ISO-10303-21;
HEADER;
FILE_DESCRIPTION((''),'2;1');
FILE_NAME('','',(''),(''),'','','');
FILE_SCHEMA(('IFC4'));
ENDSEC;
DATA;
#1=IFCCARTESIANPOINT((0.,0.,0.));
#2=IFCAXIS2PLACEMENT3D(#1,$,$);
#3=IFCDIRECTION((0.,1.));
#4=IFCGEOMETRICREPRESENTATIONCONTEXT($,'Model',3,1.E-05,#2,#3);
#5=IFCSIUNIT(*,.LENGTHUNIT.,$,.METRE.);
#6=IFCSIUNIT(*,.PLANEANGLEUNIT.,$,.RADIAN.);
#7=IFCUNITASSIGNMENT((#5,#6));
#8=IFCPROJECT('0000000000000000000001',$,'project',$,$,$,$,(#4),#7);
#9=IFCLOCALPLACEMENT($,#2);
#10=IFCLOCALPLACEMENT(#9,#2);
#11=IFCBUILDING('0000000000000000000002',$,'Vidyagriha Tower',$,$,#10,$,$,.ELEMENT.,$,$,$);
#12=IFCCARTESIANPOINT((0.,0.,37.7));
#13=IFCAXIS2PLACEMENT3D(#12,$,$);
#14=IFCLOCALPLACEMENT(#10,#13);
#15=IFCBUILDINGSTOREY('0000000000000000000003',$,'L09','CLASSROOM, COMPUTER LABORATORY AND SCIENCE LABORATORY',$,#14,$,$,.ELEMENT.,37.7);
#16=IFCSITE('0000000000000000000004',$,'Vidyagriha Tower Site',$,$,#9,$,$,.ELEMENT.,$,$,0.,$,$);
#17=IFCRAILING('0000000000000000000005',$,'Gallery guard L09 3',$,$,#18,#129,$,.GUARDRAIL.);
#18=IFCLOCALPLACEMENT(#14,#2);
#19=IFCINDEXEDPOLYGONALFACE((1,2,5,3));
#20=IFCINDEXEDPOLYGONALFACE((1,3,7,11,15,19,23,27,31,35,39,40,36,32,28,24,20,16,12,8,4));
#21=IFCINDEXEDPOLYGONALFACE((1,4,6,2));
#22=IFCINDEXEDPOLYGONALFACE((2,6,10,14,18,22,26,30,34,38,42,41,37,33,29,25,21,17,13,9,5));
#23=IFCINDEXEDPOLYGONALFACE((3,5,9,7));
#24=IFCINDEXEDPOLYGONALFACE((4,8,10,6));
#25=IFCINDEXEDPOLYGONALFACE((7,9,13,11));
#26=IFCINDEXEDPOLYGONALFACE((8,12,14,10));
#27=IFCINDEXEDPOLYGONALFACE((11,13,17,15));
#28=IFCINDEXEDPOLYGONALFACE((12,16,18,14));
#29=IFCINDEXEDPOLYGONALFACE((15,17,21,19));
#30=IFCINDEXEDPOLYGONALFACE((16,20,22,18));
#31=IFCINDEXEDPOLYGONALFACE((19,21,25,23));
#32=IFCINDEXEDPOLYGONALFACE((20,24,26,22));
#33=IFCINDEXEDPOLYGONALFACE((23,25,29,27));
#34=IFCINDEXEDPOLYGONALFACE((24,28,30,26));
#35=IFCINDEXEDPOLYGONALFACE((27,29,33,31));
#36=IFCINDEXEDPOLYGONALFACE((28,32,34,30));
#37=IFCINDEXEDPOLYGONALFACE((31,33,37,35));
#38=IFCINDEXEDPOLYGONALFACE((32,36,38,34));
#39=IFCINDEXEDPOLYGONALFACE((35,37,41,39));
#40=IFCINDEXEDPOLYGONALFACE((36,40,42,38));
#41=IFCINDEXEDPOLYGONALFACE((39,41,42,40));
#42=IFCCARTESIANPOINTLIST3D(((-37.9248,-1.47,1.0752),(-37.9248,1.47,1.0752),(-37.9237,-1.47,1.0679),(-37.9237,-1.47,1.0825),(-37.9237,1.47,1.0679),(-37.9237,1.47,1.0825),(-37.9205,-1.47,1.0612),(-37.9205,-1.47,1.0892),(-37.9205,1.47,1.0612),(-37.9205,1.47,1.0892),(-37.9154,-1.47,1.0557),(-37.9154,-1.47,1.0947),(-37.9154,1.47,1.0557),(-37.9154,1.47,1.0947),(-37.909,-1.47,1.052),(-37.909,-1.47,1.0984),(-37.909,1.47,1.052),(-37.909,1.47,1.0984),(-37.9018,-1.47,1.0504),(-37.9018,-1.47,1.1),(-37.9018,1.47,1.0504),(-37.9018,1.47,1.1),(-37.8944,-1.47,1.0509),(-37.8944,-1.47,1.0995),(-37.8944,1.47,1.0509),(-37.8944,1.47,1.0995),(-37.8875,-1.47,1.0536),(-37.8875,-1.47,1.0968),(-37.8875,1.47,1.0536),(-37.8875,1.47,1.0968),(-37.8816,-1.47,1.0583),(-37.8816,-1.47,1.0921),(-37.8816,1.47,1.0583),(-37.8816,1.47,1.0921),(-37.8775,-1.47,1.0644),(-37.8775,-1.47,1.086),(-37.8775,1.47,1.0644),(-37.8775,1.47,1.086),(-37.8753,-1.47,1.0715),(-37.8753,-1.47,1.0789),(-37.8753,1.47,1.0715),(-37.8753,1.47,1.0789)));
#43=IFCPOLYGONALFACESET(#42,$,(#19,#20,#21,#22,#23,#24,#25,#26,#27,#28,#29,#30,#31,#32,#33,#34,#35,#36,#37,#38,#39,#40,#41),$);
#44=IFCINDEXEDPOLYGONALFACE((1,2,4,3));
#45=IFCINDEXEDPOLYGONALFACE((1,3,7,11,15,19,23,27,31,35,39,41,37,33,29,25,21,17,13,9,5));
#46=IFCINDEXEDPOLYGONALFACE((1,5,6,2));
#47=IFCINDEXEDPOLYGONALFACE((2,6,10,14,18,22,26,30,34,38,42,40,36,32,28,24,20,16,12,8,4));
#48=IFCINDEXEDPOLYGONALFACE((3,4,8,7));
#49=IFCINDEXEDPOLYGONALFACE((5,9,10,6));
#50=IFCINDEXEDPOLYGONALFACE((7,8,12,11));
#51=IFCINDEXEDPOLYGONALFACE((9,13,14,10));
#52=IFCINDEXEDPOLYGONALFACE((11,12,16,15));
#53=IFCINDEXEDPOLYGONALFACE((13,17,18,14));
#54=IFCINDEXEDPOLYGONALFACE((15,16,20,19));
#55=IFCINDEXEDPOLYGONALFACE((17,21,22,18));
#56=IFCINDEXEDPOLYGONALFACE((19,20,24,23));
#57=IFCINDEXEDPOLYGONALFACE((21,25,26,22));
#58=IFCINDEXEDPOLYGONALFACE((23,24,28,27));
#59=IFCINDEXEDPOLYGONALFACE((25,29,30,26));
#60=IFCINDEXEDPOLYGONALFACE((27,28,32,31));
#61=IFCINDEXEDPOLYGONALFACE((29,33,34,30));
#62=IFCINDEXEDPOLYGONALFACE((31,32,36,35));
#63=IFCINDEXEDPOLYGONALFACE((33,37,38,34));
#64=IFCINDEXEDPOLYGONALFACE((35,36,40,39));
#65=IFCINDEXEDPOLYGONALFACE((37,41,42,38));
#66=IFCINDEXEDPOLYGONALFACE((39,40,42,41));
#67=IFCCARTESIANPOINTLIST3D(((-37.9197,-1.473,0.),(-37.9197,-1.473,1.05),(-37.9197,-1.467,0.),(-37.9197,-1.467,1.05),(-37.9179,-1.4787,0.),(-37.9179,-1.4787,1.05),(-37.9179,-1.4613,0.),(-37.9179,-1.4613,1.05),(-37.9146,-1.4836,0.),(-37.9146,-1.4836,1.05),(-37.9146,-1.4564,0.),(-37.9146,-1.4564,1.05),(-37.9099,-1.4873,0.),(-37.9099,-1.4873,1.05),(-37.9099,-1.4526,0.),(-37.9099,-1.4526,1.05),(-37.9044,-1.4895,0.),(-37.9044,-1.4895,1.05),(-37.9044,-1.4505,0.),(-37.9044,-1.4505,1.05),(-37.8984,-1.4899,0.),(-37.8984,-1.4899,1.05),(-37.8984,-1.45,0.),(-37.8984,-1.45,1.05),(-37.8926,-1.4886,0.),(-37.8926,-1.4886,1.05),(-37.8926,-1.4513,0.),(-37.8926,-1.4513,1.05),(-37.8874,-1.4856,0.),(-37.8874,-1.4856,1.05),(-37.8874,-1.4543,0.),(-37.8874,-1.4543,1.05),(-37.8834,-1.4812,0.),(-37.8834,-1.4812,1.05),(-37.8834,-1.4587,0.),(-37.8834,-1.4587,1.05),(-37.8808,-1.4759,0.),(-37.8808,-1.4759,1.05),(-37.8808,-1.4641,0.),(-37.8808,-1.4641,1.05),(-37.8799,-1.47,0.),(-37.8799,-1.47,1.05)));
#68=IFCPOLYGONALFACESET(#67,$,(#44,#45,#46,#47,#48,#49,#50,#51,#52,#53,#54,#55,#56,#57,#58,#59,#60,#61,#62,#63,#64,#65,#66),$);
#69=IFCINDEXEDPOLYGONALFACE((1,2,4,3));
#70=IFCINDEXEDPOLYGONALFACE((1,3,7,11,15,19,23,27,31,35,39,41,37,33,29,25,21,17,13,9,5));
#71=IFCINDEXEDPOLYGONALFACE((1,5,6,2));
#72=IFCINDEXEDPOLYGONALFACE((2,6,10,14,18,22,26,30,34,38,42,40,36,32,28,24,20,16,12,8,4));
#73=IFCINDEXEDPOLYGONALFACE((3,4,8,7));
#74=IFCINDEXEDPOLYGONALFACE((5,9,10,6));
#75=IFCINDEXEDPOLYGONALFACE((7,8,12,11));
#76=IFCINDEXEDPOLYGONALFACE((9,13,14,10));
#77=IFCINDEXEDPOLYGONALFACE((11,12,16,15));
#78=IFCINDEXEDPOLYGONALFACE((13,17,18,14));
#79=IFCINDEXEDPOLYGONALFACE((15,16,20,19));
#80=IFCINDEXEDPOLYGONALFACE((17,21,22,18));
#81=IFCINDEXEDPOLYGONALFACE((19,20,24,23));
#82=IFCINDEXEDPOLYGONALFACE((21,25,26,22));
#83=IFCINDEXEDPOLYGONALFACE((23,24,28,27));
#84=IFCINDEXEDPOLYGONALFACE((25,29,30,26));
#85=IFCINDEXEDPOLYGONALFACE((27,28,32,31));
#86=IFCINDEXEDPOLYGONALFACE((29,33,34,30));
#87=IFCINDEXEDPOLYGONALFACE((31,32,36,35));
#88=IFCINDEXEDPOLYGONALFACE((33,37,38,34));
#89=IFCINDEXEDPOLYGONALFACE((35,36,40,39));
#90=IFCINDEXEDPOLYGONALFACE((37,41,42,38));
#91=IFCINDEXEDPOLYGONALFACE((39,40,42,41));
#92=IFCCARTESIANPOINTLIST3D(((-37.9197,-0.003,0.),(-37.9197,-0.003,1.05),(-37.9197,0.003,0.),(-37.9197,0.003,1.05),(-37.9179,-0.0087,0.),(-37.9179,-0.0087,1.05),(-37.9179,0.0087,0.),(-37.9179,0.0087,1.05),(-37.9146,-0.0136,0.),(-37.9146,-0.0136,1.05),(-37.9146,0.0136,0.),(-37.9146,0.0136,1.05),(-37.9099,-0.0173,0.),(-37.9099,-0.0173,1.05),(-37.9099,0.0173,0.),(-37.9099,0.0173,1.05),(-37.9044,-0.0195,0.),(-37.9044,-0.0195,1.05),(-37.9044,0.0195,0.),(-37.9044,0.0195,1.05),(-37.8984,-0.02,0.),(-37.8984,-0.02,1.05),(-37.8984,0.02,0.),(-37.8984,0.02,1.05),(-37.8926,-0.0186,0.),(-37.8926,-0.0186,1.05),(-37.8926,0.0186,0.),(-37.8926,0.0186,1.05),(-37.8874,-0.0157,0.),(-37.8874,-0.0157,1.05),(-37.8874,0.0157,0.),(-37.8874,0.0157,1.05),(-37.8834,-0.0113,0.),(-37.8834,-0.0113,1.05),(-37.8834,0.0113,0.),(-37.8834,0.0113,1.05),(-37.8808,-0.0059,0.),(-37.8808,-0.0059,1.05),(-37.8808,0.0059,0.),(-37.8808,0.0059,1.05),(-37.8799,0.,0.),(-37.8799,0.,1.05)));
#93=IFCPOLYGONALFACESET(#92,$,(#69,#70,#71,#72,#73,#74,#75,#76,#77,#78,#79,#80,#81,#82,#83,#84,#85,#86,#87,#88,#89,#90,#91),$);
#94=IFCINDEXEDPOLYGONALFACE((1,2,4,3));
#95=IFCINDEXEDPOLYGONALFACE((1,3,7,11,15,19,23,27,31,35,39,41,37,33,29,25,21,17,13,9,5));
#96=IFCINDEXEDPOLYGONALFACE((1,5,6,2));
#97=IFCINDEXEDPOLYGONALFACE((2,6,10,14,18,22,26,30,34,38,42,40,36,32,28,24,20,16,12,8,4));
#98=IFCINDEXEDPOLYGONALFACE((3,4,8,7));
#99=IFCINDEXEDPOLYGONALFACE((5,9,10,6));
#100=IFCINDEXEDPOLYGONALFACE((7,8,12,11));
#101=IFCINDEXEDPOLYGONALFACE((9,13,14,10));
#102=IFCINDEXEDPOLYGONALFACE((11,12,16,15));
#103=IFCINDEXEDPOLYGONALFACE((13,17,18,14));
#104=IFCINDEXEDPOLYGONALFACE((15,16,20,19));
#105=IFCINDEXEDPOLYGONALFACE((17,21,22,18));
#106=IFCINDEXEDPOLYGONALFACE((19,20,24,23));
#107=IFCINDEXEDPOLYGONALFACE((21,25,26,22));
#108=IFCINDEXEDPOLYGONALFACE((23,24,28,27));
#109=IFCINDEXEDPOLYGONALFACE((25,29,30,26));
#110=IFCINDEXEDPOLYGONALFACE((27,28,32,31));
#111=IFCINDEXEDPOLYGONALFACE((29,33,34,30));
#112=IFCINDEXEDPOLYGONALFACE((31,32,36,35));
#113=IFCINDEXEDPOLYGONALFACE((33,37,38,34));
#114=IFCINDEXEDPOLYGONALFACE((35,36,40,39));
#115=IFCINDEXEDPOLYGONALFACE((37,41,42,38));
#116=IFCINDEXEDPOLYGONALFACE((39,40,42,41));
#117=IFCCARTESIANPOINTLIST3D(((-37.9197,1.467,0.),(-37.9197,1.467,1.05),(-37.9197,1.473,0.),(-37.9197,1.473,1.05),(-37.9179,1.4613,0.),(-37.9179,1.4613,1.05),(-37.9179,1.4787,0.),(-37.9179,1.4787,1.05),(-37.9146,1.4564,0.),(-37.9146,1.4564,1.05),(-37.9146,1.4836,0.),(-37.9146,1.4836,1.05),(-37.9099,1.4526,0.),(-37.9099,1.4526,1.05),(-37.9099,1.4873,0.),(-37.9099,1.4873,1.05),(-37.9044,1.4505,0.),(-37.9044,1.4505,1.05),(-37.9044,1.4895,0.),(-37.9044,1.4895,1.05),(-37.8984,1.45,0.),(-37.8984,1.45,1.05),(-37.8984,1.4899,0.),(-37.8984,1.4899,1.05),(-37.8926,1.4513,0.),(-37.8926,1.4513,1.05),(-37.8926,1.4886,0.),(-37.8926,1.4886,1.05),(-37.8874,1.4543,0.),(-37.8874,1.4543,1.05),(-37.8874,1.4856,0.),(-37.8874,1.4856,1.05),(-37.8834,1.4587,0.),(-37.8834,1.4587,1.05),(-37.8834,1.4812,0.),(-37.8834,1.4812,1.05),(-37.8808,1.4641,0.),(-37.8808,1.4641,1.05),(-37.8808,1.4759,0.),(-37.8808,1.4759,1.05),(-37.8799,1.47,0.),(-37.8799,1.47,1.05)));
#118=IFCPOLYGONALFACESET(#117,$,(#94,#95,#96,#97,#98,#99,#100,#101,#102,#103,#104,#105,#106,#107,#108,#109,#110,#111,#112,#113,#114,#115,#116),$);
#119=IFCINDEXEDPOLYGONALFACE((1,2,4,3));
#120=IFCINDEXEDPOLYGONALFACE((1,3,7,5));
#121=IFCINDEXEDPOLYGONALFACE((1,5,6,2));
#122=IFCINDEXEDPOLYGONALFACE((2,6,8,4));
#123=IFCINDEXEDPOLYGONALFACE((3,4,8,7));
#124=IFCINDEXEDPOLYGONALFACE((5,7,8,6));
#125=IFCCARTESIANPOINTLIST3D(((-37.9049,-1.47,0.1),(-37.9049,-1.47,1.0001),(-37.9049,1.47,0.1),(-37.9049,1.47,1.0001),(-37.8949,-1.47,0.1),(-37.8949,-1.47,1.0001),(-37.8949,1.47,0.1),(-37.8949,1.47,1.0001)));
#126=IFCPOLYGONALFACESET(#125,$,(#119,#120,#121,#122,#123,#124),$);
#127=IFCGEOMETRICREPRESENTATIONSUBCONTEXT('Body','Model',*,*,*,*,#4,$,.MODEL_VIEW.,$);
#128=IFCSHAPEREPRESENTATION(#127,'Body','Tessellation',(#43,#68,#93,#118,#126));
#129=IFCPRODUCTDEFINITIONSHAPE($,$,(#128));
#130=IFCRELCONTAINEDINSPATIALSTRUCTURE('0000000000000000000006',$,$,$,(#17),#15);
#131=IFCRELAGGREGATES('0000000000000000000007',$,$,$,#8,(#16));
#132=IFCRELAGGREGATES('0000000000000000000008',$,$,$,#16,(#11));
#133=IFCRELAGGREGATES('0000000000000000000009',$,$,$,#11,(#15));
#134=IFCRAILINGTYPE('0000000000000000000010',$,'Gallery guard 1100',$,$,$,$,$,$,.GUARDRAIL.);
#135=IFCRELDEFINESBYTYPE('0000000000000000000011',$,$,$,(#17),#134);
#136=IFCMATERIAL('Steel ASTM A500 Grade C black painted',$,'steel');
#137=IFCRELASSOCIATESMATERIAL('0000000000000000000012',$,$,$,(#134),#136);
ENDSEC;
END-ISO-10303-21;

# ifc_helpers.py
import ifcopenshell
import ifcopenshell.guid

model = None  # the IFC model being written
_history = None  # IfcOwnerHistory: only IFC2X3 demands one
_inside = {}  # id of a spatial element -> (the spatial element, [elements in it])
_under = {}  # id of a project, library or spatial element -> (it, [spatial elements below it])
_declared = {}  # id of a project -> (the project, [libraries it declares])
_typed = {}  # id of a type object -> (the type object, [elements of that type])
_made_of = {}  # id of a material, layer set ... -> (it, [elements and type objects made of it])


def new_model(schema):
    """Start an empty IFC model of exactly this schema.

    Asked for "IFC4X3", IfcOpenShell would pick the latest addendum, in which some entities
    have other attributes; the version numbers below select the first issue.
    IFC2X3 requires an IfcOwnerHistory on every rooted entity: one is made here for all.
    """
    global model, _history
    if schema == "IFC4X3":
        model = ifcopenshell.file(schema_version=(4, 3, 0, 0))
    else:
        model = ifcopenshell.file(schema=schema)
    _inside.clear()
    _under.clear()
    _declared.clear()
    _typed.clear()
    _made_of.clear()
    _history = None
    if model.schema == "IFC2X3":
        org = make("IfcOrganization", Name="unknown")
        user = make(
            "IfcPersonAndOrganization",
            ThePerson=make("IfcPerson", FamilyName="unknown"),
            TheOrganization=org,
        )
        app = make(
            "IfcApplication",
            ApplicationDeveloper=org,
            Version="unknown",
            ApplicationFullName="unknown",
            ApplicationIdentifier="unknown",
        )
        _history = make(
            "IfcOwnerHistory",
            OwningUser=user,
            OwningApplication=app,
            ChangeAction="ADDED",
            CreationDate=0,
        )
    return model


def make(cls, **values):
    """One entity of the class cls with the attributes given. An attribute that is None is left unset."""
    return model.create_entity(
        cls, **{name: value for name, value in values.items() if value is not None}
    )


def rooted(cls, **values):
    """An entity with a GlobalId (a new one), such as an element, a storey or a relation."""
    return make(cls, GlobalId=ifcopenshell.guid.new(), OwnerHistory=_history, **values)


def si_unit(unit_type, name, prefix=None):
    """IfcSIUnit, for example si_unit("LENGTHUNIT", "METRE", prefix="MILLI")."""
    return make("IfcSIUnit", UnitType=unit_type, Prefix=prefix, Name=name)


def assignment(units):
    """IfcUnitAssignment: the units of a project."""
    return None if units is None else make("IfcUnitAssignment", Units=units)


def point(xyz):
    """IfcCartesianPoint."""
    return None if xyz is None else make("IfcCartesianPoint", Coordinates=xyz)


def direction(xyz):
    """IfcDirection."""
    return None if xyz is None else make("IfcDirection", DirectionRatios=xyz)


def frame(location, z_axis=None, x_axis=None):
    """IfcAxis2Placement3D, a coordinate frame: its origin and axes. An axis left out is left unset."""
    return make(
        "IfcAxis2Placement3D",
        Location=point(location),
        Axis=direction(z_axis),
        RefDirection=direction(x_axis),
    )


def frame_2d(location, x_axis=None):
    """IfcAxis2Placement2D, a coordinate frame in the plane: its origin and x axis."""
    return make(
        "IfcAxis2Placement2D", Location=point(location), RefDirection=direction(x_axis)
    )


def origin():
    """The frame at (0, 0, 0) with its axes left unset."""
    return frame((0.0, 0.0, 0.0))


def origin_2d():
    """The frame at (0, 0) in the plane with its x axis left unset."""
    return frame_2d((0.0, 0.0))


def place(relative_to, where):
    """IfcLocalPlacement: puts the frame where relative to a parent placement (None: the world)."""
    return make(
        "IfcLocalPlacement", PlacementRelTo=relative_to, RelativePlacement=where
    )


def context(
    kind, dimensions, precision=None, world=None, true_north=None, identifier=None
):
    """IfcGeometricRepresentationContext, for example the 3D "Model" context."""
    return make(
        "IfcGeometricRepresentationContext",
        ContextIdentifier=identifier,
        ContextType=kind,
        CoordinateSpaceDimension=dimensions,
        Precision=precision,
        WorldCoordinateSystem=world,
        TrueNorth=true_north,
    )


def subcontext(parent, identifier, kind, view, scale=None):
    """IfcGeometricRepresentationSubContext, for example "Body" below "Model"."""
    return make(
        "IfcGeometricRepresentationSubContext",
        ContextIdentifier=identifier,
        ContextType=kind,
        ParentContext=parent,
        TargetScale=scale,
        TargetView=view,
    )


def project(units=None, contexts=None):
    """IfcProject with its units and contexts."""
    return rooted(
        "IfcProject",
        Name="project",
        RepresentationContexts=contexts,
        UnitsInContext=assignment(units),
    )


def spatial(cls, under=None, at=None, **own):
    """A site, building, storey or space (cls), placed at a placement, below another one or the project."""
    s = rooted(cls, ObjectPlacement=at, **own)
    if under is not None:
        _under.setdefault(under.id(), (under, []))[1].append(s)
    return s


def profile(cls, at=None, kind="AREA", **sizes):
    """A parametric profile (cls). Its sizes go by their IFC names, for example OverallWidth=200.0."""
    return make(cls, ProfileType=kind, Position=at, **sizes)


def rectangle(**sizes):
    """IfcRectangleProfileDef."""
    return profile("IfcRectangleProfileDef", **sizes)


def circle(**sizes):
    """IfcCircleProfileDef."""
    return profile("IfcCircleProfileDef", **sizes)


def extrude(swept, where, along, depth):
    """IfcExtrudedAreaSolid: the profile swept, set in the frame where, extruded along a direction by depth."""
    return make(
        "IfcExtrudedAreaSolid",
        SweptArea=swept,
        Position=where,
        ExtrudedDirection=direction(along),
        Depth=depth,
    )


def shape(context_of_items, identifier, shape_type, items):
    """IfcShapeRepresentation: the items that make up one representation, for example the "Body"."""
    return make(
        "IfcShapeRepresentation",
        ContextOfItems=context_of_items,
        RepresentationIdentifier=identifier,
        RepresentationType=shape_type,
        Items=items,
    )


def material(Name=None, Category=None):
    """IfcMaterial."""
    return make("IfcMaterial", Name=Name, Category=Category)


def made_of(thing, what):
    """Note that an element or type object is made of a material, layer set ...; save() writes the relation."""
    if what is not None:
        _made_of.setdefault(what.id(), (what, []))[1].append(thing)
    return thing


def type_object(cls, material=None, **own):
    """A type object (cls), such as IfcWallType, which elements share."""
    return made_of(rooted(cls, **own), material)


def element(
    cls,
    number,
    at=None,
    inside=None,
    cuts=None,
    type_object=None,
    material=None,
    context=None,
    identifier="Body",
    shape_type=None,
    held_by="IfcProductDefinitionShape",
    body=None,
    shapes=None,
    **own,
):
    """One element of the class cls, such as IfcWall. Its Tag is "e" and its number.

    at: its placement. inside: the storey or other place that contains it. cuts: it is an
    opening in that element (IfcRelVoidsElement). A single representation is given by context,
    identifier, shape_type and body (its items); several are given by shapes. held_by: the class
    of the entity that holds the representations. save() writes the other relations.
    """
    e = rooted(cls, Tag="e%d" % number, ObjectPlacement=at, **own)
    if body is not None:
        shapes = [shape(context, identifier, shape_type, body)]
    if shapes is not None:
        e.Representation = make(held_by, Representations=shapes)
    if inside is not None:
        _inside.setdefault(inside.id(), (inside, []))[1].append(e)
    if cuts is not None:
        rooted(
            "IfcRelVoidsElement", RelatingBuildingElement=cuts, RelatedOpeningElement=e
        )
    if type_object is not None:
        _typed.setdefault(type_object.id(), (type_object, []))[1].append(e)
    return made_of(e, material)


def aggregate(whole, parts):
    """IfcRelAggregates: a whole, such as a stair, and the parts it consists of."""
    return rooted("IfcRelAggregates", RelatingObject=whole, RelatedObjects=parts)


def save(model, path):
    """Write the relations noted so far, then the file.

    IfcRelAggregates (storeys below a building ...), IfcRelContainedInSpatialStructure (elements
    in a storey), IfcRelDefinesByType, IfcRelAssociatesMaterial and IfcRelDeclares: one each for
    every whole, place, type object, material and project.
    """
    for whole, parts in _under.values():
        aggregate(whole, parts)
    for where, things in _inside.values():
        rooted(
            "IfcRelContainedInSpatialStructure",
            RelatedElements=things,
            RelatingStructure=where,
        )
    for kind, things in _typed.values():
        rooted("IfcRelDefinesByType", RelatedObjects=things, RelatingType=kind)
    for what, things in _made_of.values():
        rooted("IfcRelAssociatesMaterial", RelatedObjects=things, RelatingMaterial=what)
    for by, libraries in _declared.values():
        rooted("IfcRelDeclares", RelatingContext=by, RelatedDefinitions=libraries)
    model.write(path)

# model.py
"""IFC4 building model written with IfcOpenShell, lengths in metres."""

from ifc_helpers import new_model, si_unit, direction, frame, origin, origin_2d, place, context, subcontext, project, spatial, rectangle, circle, extrude, material, type_object, element, save


model = new_model("IFC4")

# Units and contexts
model_context = context("Model", 3, precision=1e-05, world=origin(), true_north=direction((0.0, 1.0)))
body_context = subcontext(model_context, "Body", "Model", "MODEL_VIEW")
ifc_project = project(units=[si_unit("LENGTHUNIT", "METRE"), si_unit("PLANEANGLEUNIT", "RADIAN")], contexts=[model_context])

# Site, building, storey
site_placement = place(None, origin())
site = spatial("IfcSite", under=ifc_project, at=site_placement, Name="Vidyagriha Tower Site", CompositionType="ELEMENT", RefElevation=0.0)
building_placement = place(site_placement, origin())
building = spatial("IfcBuilding", under=site, at=building_placement, Name="Vidyagriha Tower", CompositionType="ELEMENT")
storey_placement = place(building_placement, frame((0.0, 0.0, 37.7)))
storey = spatial("IfcBuildingStorey", under=building, at=storey_placement, Name="L09", Description="CLASSROOM, COMPUTER LABORATORY AND SCIENCE LABORATORY", CompositionType="ELEMENT", Elevation=37.7)

# Railing
ifc_material_1 = material(Name="Steel ASTM A500 Grade C black painted", Category="steel")
railing_type = type_object("IfcRailingType", Name="Gallery guard 1100", PredefinedType="GUARDRAIL", material=ifc_material_1)
railing_1_placement = place(storey_placement, frame((-37.8999, -1.47, 0.0)))
element("IfcRailing", 1, at=railing_1_placement, inside=storey, type_object=railing_type, Name="Gallery guard L09 3", PredefinedType="GUARDRAIL", context=body_context, shape_type="SweptSolid", body=[
    extrude(circle(Radius=0.0249, at=origin_2d()), frame((0.0, 0.0, 1.0752), z_axis=(0.0, 1.0, 0.0), x_axis=(-1.0, 0.0, 0.0)), (0.0, 0.0, 1.0), 2.9399),
    extrude(circle(Radius=0.02, at=origin_2d()), origin(), (0.0, 0.0, 1.0), 1.05),
    extrude(circle(Radius=0.02, at=origin_2d()), frame((0.0, 1.47, 0.0)), (0.0, 0.0, 1.0), 1.05),
    extrude(circle(Radius=0.02, at=origin_2d()), frame((0.0, 2.9399, 0.0)), (0.0, 0.0, 1.0), 1.05),
    extrude(rectangle(XDim=0.01, YDim=0.9001, at=origin_2d()), frame((0.0, 0.0, 0.55), z_axis=(0.0, 1.0, 0.0), x_axis=(-1.0, 0.0, 0.0)), (0.0, 0.0, 1.0), 2.9399),
])

save(model, "model.ifc")
